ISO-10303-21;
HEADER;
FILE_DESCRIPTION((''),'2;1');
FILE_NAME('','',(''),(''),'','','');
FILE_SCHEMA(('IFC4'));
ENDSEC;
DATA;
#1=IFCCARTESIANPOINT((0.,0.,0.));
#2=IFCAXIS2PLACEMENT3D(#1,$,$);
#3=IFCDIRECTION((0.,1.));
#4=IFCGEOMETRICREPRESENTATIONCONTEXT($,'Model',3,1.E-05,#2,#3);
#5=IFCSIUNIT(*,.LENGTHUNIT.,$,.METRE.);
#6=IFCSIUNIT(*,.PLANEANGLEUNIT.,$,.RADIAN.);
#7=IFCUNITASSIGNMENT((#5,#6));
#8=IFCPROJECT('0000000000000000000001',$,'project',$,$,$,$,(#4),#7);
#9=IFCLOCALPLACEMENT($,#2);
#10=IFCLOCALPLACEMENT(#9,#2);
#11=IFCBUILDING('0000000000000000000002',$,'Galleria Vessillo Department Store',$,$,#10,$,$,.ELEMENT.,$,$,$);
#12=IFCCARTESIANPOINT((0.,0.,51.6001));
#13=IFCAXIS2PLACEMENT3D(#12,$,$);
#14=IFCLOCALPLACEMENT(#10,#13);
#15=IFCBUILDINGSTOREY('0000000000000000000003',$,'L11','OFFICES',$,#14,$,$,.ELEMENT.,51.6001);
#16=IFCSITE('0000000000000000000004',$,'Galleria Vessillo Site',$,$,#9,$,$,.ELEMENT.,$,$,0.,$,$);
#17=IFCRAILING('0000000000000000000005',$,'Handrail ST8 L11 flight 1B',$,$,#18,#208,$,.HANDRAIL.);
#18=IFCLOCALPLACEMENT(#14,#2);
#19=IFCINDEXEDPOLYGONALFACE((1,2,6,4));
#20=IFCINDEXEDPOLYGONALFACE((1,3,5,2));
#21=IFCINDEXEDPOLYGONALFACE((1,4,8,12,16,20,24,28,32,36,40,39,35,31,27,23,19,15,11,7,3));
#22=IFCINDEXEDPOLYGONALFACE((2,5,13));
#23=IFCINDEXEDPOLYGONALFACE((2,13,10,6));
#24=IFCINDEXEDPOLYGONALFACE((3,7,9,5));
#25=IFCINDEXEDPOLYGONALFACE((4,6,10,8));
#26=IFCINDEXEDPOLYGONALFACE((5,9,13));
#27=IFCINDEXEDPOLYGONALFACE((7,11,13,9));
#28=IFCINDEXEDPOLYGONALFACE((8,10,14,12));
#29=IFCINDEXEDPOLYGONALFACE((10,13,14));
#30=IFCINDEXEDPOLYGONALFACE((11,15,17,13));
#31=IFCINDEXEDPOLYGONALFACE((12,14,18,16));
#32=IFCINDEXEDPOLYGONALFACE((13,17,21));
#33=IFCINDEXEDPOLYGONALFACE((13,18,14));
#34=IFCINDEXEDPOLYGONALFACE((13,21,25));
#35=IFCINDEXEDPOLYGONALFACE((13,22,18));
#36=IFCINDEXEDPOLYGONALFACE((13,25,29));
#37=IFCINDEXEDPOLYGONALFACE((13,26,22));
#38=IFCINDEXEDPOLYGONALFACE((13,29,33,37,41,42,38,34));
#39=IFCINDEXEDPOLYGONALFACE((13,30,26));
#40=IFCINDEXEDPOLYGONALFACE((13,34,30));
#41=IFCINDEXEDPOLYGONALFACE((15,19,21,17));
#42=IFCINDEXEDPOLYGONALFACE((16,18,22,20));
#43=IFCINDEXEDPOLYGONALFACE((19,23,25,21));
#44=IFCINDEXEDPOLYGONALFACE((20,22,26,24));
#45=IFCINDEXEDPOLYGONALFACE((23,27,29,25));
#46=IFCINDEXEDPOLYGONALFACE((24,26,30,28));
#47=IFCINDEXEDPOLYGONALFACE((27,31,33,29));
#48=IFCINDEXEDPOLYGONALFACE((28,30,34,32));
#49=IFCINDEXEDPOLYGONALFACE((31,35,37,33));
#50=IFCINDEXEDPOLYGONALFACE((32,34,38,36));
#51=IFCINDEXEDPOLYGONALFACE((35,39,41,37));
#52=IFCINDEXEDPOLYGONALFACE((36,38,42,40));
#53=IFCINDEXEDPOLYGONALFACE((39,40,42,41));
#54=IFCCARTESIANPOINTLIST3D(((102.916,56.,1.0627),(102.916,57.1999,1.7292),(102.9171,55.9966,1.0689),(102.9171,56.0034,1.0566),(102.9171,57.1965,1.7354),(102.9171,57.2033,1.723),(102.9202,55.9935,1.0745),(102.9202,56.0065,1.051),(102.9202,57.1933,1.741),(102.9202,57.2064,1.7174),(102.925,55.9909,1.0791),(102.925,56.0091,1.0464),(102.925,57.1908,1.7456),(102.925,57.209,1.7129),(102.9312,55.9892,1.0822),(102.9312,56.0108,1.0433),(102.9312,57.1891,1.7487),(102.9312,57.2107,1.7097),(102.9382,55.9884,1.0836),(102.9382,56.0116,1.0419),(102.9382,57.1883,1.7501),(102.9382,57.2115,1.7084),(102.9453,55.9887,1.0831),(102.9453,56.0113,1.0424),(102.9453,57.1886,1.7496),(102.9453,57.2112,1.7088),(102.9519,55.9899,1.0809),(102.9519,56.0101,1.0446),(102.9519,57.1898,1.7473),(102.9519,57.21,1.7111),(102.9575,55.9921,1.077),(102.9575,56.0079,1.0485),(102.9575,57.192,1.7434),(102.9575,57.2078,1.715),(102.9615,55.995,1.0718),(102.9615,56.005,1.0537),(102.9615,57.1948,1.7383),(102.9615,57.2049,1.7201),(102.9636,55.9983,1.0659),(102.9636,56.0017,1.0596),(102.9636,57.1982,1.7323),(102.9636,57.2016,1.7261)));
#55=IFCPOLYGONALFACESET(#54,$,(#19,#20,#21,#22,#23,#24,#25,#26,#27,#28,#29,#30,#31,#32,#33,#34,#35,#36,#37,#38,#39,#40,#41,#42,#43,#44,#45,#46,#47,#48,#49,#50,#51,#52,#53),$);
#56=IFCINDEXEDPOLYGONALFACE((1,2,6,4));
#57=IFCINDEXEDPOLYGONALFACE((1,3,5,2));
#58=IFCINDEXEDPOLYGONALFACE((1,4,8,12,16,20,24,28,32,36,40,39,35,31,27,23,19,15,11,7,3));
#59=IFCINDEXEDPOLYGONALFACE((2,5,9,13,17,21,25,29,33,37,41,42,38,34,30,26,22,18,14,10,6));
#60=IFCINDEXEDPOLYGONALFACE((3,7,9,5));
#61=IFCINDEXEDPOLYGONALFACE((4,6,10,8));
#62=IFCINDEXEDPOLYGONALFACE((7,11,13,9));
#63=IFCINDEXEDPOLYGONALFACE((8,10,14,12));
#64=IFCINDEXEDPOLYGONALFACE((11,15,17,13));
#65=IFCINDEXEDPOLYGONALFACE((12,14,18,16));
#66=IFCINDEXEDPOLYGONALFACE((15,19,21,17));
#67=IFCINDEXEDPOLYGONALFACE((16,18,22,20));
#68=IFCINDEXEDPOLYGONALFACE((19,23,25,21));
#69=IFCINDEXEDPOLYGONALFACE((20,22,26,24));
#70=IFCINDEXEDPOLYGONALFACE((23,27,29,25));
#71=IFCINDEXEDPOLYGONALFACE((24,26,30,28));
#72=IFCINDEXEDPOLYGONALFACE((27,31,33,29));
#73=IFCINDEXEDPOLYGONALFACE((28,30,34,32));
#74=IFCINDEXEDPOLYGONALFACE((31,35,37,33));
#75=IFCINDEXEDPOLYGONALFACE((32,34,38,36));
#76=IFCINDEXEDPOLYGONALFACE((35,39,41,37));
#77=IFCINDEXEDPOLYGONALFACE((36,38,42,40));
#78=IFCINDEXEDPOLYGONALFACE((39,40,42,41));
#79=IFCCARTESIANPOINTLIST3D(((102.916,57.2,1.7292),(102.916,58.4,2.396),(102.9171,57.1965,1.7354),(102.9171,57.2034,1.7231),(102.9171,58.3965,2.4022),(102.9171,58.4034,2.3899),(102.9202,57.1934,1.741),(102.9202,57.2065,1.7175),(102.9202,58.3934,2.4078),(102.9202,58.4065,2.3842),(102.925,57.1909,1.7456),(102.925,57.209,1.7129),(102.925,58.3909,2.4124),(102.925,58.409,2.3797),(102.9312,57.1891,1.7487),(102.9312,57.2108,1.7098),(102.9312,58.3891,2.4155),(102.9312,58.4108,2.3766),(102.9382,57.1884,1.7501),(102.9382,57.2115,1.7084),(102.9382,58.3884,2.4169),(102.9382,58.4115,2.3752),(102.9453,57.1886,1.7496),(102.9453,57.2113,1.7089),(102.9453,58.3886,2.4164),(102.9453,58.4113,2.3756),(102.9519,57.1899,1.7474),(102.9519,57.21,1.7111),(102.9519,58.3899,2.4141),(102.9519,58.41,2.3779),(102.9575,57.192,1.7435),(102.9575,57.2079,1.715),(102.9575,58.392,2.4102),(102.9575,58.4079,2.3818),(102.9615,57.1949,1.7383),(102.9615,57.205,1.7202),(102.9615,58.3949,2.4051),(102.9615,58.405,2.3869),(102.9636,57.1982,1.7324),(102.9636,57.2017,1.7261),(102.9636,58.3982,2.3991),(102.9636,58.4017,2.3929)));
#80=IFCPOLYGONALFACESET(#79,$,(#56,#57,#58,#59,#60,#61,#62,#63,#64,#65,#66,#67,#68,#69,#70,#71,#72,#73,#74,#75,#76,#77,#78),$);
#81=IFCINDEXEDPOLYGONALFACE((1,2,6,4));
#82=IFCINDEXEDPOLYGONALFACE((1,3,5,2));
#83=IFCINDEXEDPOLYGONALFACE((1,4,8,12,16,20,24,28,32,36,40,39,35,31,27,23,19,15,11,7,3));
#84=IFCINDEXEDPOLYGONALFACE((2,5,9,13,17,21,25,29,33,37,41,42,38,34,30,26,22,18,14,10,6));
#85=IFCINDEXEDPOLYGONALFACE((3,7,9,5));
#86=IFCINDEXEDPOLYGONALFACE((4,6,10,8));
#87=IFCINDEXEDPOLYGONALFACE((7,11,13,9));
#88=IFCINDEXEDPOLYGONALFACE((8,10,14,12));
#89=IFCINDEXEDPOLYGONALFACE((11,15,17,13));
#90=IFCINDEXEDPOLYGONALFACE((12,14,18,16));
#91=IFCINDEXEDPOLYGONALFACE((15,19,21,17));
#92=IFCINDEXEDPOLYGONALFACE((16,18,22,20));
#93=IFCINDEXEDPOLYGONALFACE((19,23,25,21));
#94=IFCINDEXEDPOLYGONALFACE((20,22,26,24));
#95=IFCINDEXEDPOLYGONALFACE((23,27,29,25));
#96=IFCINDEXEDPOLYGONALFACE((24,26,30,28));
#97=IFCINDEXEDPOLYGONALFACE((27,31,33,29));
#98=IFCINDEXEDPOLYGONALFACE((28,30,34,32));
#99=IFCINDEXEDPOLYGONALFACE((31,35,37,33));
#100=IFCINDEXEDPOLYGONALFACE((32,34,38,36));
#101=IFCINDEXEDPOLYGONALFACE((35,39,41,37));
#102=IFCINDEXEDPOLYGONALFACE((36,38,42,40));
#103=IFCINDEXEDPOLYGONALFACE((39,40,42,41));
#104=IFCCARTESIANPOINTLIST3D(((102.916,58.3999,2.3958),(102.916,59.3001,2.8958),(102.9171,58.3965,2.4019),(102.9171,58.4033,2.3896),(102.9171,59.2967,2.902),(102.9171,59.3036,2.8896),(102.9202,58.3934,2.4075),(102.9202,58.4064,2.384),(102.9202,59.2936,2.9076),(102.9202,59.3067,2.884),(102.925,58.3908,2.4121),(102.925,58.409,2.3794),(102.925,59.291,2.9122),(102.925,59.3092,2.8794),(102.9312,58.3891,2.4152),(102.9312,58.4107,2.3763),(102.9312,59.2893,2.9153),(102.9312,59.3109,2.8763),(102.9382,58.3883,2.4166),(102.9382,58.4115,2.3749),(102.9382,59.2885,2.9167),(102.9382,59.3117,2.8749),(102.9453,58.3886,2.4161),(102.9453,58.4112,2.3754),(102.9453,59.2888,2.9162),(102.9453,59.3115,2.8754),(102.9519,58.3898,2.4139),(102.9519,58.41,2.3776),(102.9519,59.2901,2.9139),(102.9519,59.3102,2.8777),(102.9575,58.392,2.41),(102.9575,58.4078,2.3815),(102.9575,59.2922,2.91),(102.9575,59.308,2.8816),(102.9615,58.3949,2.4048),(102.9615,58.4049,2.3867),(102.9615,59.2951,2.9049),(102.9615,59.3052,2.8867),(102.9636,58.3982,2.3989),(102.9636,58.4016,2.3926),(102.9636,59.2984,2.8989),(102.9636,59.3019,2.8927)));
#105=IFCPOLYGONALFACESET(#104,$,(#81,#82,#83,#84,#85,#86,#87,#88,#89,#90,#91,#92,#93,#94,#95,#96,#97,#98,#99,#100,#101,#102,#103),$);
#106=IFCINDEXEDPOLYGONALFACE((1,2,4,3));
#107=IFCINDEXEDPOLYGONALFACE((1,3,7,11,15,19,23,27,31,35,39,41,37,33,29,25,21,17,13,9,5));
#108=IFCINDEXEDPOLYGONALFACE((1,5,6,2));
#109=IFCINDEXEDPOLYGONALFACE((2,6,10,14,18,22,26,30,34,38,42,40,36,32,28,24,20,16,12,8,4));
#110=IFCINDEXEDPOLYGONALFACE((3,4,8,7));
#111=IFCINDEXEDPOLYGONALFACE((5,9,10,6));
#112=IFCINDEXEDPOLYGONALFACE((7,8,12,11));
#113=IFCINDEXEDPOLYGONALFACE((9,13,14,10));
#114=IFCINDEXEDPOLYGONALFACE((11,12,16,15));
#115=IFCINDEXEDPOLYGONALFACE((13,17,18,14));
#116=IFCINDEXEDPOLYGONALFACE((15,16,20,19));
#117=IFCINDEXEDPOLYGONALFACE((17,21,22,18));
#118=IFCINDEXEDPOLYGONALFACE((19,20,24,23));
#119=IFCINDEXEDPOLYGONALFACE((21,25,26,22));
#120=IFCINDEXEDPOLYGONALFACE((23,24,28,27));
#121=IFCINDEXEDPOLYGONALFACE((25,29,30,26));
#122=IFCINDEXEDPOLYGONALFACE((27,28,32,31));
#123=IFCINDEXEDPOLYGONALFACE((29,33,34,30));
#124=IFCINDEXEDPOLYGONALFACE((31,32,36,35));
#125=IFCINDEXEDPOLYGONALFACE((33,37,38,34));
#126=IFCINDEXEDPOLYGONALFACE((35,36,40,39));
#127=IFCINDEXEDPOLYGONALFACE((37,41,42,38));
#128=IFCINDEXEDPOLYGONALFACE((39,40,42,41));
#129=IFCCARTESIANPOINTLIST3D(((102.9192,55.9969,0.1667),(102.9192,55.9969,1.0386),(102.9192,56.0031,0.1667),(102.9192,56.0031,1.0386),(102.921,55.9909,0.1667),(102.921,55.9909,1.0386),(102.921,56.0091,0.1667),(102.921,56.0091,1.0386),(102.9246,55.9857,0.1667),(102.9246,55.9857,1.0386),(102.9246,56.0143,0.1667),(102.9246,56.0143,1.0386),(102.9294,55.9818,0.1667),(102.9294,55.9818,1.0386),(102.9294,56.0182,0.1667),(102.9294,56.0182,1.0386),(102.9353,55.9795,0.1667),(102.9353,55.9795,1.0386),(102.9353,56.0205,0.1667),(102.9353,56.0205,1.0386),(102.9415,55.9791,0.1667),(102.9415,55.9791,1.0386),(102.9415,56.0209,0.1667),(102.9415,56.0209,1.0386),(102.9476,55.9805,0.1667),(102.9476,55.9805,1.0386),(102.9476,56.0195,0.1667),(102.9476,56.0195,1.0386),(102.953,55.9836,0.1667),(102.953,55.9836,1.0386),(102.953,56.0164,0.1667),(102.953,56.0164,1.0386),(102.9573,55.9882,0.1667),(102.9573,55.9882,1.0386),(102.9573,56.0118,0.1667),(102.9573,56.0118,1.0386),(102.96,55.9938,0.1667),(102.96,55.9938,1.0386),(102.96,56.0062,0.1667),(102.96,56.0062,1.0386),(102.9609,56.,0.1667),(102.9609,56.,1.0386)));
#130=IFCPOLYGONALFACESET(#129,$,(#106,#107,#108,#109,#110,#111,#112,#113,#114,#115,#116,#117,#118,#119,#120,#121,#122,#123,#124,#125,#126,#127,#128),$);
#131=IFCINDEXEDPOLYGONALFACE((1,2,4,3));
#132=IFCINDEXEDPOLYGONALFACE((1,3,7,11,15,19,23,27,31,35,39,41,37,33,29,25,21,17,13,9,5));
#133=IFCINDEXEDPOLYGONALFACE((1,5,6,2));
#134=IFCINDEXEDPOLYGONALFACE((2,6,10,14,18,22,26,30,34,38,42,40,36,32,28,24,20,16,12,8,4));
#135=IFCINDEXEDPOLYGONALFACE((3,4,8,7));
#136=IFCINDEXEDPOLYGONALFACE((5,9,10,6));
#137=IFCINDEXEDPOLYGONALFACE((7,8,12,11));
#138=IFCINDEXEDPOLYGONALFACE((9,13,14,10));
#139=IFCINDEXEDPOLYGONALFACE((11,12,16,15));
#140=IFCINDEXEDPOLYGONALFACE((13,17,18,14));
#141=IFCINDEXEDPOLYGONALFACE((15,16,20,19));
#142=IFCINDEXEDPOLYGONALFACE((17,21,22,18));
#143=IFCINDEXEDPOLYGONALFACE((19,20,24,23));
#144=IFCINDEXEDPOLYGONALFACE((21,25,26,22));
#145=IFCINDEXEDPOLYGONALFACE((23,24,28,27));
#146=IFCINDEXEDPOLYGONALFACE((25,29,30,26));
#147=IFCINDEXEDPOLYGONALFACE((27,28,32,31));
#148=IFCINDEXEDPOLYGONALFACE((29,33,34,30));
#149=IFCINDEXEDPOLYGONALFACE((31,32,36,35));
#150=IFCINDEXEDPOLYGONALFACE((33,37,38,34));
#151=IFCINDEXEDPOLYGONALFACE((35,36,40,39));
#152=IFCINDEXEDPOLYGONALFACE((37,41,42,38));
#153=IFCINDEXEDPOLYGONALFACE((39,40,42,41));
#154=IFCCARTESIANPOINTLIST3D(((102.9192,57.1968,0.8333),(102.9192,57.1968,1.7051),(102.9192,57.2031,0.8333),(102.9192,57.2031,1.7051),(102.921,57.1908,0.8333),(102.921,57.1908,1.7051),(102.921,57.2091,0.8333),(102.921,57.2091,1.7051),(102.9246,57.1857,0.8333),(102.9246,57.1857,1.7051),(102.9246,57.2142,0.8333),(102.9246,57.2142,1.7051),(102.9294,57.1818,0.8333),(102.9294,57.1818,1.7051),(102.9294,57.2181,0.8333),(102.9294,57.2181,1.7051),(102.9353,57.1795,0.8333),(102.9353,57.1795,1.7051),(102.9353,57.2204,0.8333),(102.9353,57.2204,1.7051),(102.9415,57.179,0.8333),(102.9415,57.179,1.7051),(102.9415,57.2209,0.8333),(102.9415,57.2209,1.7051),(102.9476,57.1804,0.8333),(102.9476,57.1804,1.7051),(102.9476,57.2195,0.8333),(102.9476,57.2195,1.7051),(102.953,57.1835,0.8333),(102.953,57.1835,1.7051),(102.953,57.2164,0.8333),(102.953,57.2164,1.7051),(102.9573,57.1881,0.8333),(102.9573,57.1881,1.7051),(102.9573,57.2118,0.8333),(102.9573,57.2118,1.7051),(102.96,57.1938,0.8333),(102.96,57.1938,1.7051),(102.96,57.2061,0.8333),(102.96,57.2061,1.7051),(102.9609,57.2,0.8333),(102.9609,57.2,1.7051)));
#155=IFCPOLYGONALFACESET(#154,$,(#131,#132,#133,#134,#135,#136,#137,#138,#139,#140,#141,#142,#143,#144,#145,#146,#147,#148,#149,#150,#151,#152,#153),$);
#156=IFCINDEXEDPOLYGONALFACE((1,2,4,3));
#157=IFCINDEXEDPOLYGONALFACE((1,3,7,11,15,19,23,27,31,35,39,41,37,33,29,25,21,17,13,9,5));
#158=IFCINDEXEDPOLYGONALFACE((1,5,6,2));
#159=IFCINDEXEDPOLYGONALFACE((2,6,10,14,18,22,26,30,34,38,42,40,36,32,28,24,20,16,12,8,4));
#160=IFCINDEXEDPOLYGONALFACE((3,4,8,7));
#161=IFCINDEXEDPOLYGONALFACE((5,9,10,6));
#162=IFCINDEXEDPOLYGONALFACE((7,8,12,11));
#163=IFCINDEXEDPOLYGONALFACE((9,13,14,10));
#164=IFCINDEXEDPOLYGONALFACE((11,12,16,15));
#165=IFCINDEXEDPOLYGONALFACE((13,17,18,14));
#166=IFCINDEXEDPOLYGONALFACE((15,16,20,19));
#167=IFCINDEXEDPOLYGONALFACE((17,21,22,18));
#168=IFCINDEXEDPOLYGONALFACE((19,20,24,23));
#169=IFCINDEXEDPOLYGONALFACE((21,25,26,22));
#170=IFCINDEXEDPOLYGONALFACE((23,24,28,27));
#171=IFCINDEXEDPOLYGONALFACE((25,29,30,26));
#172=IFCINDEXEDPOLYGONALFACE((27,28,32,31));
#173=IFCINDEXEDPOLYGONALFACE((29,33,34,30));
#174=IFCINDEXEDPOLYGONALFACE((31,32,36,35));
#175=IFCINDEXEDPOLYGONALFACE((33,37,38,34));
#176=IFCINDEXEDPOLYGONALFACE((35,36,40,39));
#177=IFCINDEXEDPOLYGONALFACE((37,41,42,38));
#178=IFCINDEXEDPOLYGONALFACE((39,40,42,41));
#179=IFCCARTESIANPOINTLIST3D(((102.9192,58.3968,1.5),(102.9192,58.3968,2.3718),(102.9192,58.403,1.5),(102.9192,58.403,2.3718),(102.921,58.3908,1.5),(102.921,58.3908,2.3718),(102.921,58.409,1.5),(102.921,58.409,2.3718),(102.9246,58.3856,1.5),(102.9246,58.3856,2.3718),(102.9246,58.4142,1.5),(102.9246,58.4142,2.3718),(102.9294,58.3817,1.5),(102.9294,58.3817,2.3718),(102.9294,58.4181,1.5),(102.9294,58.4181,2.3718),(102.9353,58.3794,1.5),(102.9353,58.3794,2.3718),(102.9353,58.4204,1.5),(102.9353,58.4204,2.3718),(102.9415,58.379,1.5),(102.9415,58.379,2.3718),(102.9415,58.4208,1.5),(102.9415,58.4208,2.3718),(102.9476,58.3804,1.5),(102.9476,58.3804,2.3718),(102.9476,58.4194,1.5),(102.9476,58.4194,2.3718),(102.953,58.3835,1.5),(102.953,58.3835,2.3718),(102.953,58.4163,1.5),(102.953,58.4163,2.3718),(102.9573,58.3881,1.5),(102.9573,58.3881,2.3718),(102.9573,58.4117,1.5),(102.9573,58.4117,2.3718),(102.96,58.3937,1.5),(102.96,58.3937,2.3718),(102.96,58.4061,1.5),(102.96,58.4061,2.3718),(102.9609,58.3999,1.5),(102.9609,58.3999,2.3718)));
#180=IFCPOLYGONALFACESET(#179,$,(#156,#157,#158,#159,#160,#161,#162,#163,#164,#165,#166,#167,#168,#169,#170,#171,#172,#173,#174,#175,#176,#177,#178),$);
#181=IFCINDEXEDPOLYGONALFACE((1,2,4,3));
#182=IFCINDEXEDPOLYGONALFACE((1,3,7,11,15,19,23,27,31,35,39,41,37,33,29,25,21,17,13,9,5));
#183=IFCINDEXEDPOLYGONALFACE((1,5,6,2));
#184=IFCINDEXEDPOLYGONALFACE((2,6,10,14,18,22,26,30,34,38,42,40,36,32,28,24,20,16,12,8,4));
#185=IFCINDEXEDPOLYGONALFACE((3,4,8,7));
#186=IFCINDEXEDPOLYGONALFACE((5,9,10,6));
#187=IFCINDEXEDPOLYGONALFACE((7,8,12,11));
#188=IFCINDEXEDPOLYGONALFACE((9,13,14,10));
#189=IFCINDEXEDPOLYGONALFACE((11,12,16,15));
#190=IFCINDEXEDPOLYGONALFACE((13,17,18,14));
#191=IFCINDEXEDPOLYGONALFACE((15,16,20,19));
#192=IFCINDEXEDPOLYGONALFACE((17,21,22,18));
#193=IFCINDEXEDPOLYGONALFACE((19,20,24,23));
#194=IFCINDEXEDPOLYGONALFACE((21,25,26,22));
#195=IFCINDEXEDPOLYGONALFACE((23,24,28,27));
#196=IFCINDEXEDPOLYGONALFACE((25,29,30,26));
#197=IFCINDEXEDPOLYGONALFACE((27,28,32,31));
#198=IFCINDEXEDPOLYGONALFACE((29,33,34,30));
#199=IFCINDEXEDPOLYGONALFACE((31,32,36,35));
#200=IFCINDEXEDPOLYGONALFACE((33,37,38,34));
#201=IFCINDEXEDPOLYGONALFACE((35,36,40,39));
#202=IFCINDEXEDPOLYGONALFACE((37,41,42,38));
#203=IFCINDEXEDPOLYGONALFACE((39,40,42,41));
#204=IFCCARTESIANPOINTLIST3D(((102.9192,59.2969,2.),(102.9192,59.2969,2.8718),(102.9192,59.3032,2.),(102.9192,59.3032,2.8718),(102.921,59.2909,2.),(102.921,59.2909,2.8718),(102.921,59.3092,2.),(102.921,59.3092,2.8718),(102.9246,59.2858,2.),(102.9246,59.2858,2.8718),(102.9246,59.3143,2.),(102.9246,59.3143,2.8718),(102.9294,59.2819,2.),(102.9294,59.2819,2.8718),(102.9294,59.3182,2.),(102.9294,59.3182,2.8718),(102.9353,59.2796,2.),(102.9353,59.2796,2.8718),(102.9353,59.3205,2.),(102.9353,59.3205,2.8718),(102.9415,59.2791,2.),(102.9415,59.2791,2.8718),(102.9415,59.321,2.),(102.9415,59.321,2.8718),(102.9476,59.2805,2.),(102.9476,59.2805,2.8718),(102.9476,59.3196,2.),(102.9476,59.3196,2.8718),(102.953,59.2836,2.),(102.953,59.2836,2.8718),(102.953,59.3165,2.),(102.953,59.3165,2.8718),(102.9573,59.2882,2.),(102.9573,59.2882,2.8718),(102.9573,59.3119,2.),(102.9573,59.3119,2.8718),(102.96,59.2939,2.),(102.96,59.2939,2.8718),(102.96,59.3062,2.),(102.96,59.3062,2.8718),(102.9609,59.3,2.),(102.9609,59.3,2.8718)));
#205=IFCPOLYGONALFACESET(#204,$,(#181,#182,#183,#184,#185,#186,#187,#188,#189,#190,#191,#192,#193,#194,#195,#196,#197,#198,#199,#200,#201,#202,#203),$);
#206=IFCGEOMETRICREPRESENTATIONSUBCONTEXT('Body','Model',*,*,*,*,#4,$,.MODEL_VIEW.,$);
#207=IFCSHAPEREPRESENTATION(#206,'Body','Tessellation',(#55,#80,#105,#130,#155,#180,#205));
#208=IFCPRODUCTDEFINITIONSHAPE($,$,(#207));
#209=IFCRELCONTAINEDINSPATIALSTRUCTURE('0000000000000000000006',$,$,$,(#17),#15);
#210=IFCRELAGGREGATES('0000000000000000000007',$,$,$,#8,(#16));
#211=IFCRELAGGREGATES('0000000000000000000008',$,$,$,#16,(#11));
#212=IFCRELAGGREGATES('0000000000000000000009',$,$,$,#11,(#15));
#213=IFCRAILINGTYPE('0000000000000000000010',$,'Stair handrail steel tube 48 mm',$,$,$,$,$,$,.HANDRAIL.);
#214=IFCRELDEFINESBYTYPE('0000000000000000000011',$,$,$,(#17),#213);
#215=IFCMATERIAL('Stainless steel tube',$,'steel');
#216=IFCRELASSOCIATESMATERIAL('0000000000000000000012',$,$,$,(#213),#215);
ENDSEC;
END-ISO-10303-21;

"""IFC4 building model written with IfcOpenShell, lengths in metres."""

from ifc_helpers import new_model, si_unit, direction, frame, origin, origin_2d, place, context, subcontext, project, spatial, circle, extrude, material, type_object, element, save


model = new_model("IFC4")

# Units and contexts
model_context = context("Model", 3, precision=1e-05, world=origin(), true_north=direction((0.0, 1.0)))
body_context = subcontext(model_context, "Body", "Model", "MODEL_VIEW")
ifc_project = project(units=[si_unit("LENGTHUNIT", "METRE"), si_unit("PLANEANGLEUNIT", "RADIAN")], contexts=[model_context])

# Site, building, storey
site_placement = place(None, origin())
site = spatial("IfcSite", under=ifc_project, at=site_placement, Name="Galleria Vessillo Site", CompositionType="ELEMENT", RefElevation=0.0)
building_placement = place(site_placement, origin())
building = spatial("IfcBuilding", under=site, at=building_placement, Name="Galleria Vessillo Department Store", CompositionType="ELEMENT")
storey_placement = place(building_placement, frame((0.0, 0.0, 51.6001)))
storey = spatial("IfcBuildingStorey", under=building, at=storey_placement, Name="L11", Description="OFFICES", CompositionType="ELEMENT", Elevation=51.6001)

# Railing
ifc_material_1 = material(Name="Stainless steel tube", Category="steel")
railing_type = type_object("IfcRailingType", Name="Stair handrail steel tube 48 mm", PredefinedType="HANDRAIL", material=ifc_material_1)
for number, where, name in (
    (1, (102.9399, 56.0, 0.1667), "Handrail ST8 L11 flight 1B"),
):
    element("IfcRailing", number, at=place(storey_placement, frame(where)), inside=storey, type_object=railing_type, Name=name, PredefinedType="HANDRAIL", context=body_context, shape_type="SweptSolid", body=[
        extrude(circle(Radius=0.0239, at=origin_2d()), frame((0.0, 0.0, 0.896), z_axis=(0.0, 0.874199, 0.485567), x_axis=(-1.0, 0.0, 0.0)), (0.0, 0.0, 1.0), 1.3726),
        extrude(circle(Radius=0.0239, at=origin_2d()), frame((0.0, 1.2, 1.5625), z_axis=(0.0, 0.874124, 0.485703), x_axis=(-1.0, 0.0, 0.0)), (0.0, 0.0, 1.0), 1.3728),
        extrude(circle(Radius=0.0239, at=origin_2d()), frame((0.0, 2.3999, 2.229), z_axis=(0.0, 0.874191, 0.485583), x_axis=(-1.0, 0.0, 0.0)), (0.0, 0.0, 1.0), 1.0298),
        extrude(circle(Radius=0.021, at=origin_2d()), origin(), (0.0, 0.0, 1.0), 0.8718),
        extrude(circle(Radius=0.021, at=origin_2d()), frame((0.0, 1.2, 0.6665)), (0.0, 0.0, 1.0), 0.8718),
        extrude(circle(Radius=0.021, at=origin_2d()), frame((0.0, 2.3999, 1.3333)), (0.0, 0.0, 1.0), 0.8718),
        extrude(circle(Radius=0.021, at=origin_2d()), frame((0.0, 3.3, 1.8333)), (0.0, 0.0, 1.0), 0.8718),
    ])

save(model, "model.ifc")
